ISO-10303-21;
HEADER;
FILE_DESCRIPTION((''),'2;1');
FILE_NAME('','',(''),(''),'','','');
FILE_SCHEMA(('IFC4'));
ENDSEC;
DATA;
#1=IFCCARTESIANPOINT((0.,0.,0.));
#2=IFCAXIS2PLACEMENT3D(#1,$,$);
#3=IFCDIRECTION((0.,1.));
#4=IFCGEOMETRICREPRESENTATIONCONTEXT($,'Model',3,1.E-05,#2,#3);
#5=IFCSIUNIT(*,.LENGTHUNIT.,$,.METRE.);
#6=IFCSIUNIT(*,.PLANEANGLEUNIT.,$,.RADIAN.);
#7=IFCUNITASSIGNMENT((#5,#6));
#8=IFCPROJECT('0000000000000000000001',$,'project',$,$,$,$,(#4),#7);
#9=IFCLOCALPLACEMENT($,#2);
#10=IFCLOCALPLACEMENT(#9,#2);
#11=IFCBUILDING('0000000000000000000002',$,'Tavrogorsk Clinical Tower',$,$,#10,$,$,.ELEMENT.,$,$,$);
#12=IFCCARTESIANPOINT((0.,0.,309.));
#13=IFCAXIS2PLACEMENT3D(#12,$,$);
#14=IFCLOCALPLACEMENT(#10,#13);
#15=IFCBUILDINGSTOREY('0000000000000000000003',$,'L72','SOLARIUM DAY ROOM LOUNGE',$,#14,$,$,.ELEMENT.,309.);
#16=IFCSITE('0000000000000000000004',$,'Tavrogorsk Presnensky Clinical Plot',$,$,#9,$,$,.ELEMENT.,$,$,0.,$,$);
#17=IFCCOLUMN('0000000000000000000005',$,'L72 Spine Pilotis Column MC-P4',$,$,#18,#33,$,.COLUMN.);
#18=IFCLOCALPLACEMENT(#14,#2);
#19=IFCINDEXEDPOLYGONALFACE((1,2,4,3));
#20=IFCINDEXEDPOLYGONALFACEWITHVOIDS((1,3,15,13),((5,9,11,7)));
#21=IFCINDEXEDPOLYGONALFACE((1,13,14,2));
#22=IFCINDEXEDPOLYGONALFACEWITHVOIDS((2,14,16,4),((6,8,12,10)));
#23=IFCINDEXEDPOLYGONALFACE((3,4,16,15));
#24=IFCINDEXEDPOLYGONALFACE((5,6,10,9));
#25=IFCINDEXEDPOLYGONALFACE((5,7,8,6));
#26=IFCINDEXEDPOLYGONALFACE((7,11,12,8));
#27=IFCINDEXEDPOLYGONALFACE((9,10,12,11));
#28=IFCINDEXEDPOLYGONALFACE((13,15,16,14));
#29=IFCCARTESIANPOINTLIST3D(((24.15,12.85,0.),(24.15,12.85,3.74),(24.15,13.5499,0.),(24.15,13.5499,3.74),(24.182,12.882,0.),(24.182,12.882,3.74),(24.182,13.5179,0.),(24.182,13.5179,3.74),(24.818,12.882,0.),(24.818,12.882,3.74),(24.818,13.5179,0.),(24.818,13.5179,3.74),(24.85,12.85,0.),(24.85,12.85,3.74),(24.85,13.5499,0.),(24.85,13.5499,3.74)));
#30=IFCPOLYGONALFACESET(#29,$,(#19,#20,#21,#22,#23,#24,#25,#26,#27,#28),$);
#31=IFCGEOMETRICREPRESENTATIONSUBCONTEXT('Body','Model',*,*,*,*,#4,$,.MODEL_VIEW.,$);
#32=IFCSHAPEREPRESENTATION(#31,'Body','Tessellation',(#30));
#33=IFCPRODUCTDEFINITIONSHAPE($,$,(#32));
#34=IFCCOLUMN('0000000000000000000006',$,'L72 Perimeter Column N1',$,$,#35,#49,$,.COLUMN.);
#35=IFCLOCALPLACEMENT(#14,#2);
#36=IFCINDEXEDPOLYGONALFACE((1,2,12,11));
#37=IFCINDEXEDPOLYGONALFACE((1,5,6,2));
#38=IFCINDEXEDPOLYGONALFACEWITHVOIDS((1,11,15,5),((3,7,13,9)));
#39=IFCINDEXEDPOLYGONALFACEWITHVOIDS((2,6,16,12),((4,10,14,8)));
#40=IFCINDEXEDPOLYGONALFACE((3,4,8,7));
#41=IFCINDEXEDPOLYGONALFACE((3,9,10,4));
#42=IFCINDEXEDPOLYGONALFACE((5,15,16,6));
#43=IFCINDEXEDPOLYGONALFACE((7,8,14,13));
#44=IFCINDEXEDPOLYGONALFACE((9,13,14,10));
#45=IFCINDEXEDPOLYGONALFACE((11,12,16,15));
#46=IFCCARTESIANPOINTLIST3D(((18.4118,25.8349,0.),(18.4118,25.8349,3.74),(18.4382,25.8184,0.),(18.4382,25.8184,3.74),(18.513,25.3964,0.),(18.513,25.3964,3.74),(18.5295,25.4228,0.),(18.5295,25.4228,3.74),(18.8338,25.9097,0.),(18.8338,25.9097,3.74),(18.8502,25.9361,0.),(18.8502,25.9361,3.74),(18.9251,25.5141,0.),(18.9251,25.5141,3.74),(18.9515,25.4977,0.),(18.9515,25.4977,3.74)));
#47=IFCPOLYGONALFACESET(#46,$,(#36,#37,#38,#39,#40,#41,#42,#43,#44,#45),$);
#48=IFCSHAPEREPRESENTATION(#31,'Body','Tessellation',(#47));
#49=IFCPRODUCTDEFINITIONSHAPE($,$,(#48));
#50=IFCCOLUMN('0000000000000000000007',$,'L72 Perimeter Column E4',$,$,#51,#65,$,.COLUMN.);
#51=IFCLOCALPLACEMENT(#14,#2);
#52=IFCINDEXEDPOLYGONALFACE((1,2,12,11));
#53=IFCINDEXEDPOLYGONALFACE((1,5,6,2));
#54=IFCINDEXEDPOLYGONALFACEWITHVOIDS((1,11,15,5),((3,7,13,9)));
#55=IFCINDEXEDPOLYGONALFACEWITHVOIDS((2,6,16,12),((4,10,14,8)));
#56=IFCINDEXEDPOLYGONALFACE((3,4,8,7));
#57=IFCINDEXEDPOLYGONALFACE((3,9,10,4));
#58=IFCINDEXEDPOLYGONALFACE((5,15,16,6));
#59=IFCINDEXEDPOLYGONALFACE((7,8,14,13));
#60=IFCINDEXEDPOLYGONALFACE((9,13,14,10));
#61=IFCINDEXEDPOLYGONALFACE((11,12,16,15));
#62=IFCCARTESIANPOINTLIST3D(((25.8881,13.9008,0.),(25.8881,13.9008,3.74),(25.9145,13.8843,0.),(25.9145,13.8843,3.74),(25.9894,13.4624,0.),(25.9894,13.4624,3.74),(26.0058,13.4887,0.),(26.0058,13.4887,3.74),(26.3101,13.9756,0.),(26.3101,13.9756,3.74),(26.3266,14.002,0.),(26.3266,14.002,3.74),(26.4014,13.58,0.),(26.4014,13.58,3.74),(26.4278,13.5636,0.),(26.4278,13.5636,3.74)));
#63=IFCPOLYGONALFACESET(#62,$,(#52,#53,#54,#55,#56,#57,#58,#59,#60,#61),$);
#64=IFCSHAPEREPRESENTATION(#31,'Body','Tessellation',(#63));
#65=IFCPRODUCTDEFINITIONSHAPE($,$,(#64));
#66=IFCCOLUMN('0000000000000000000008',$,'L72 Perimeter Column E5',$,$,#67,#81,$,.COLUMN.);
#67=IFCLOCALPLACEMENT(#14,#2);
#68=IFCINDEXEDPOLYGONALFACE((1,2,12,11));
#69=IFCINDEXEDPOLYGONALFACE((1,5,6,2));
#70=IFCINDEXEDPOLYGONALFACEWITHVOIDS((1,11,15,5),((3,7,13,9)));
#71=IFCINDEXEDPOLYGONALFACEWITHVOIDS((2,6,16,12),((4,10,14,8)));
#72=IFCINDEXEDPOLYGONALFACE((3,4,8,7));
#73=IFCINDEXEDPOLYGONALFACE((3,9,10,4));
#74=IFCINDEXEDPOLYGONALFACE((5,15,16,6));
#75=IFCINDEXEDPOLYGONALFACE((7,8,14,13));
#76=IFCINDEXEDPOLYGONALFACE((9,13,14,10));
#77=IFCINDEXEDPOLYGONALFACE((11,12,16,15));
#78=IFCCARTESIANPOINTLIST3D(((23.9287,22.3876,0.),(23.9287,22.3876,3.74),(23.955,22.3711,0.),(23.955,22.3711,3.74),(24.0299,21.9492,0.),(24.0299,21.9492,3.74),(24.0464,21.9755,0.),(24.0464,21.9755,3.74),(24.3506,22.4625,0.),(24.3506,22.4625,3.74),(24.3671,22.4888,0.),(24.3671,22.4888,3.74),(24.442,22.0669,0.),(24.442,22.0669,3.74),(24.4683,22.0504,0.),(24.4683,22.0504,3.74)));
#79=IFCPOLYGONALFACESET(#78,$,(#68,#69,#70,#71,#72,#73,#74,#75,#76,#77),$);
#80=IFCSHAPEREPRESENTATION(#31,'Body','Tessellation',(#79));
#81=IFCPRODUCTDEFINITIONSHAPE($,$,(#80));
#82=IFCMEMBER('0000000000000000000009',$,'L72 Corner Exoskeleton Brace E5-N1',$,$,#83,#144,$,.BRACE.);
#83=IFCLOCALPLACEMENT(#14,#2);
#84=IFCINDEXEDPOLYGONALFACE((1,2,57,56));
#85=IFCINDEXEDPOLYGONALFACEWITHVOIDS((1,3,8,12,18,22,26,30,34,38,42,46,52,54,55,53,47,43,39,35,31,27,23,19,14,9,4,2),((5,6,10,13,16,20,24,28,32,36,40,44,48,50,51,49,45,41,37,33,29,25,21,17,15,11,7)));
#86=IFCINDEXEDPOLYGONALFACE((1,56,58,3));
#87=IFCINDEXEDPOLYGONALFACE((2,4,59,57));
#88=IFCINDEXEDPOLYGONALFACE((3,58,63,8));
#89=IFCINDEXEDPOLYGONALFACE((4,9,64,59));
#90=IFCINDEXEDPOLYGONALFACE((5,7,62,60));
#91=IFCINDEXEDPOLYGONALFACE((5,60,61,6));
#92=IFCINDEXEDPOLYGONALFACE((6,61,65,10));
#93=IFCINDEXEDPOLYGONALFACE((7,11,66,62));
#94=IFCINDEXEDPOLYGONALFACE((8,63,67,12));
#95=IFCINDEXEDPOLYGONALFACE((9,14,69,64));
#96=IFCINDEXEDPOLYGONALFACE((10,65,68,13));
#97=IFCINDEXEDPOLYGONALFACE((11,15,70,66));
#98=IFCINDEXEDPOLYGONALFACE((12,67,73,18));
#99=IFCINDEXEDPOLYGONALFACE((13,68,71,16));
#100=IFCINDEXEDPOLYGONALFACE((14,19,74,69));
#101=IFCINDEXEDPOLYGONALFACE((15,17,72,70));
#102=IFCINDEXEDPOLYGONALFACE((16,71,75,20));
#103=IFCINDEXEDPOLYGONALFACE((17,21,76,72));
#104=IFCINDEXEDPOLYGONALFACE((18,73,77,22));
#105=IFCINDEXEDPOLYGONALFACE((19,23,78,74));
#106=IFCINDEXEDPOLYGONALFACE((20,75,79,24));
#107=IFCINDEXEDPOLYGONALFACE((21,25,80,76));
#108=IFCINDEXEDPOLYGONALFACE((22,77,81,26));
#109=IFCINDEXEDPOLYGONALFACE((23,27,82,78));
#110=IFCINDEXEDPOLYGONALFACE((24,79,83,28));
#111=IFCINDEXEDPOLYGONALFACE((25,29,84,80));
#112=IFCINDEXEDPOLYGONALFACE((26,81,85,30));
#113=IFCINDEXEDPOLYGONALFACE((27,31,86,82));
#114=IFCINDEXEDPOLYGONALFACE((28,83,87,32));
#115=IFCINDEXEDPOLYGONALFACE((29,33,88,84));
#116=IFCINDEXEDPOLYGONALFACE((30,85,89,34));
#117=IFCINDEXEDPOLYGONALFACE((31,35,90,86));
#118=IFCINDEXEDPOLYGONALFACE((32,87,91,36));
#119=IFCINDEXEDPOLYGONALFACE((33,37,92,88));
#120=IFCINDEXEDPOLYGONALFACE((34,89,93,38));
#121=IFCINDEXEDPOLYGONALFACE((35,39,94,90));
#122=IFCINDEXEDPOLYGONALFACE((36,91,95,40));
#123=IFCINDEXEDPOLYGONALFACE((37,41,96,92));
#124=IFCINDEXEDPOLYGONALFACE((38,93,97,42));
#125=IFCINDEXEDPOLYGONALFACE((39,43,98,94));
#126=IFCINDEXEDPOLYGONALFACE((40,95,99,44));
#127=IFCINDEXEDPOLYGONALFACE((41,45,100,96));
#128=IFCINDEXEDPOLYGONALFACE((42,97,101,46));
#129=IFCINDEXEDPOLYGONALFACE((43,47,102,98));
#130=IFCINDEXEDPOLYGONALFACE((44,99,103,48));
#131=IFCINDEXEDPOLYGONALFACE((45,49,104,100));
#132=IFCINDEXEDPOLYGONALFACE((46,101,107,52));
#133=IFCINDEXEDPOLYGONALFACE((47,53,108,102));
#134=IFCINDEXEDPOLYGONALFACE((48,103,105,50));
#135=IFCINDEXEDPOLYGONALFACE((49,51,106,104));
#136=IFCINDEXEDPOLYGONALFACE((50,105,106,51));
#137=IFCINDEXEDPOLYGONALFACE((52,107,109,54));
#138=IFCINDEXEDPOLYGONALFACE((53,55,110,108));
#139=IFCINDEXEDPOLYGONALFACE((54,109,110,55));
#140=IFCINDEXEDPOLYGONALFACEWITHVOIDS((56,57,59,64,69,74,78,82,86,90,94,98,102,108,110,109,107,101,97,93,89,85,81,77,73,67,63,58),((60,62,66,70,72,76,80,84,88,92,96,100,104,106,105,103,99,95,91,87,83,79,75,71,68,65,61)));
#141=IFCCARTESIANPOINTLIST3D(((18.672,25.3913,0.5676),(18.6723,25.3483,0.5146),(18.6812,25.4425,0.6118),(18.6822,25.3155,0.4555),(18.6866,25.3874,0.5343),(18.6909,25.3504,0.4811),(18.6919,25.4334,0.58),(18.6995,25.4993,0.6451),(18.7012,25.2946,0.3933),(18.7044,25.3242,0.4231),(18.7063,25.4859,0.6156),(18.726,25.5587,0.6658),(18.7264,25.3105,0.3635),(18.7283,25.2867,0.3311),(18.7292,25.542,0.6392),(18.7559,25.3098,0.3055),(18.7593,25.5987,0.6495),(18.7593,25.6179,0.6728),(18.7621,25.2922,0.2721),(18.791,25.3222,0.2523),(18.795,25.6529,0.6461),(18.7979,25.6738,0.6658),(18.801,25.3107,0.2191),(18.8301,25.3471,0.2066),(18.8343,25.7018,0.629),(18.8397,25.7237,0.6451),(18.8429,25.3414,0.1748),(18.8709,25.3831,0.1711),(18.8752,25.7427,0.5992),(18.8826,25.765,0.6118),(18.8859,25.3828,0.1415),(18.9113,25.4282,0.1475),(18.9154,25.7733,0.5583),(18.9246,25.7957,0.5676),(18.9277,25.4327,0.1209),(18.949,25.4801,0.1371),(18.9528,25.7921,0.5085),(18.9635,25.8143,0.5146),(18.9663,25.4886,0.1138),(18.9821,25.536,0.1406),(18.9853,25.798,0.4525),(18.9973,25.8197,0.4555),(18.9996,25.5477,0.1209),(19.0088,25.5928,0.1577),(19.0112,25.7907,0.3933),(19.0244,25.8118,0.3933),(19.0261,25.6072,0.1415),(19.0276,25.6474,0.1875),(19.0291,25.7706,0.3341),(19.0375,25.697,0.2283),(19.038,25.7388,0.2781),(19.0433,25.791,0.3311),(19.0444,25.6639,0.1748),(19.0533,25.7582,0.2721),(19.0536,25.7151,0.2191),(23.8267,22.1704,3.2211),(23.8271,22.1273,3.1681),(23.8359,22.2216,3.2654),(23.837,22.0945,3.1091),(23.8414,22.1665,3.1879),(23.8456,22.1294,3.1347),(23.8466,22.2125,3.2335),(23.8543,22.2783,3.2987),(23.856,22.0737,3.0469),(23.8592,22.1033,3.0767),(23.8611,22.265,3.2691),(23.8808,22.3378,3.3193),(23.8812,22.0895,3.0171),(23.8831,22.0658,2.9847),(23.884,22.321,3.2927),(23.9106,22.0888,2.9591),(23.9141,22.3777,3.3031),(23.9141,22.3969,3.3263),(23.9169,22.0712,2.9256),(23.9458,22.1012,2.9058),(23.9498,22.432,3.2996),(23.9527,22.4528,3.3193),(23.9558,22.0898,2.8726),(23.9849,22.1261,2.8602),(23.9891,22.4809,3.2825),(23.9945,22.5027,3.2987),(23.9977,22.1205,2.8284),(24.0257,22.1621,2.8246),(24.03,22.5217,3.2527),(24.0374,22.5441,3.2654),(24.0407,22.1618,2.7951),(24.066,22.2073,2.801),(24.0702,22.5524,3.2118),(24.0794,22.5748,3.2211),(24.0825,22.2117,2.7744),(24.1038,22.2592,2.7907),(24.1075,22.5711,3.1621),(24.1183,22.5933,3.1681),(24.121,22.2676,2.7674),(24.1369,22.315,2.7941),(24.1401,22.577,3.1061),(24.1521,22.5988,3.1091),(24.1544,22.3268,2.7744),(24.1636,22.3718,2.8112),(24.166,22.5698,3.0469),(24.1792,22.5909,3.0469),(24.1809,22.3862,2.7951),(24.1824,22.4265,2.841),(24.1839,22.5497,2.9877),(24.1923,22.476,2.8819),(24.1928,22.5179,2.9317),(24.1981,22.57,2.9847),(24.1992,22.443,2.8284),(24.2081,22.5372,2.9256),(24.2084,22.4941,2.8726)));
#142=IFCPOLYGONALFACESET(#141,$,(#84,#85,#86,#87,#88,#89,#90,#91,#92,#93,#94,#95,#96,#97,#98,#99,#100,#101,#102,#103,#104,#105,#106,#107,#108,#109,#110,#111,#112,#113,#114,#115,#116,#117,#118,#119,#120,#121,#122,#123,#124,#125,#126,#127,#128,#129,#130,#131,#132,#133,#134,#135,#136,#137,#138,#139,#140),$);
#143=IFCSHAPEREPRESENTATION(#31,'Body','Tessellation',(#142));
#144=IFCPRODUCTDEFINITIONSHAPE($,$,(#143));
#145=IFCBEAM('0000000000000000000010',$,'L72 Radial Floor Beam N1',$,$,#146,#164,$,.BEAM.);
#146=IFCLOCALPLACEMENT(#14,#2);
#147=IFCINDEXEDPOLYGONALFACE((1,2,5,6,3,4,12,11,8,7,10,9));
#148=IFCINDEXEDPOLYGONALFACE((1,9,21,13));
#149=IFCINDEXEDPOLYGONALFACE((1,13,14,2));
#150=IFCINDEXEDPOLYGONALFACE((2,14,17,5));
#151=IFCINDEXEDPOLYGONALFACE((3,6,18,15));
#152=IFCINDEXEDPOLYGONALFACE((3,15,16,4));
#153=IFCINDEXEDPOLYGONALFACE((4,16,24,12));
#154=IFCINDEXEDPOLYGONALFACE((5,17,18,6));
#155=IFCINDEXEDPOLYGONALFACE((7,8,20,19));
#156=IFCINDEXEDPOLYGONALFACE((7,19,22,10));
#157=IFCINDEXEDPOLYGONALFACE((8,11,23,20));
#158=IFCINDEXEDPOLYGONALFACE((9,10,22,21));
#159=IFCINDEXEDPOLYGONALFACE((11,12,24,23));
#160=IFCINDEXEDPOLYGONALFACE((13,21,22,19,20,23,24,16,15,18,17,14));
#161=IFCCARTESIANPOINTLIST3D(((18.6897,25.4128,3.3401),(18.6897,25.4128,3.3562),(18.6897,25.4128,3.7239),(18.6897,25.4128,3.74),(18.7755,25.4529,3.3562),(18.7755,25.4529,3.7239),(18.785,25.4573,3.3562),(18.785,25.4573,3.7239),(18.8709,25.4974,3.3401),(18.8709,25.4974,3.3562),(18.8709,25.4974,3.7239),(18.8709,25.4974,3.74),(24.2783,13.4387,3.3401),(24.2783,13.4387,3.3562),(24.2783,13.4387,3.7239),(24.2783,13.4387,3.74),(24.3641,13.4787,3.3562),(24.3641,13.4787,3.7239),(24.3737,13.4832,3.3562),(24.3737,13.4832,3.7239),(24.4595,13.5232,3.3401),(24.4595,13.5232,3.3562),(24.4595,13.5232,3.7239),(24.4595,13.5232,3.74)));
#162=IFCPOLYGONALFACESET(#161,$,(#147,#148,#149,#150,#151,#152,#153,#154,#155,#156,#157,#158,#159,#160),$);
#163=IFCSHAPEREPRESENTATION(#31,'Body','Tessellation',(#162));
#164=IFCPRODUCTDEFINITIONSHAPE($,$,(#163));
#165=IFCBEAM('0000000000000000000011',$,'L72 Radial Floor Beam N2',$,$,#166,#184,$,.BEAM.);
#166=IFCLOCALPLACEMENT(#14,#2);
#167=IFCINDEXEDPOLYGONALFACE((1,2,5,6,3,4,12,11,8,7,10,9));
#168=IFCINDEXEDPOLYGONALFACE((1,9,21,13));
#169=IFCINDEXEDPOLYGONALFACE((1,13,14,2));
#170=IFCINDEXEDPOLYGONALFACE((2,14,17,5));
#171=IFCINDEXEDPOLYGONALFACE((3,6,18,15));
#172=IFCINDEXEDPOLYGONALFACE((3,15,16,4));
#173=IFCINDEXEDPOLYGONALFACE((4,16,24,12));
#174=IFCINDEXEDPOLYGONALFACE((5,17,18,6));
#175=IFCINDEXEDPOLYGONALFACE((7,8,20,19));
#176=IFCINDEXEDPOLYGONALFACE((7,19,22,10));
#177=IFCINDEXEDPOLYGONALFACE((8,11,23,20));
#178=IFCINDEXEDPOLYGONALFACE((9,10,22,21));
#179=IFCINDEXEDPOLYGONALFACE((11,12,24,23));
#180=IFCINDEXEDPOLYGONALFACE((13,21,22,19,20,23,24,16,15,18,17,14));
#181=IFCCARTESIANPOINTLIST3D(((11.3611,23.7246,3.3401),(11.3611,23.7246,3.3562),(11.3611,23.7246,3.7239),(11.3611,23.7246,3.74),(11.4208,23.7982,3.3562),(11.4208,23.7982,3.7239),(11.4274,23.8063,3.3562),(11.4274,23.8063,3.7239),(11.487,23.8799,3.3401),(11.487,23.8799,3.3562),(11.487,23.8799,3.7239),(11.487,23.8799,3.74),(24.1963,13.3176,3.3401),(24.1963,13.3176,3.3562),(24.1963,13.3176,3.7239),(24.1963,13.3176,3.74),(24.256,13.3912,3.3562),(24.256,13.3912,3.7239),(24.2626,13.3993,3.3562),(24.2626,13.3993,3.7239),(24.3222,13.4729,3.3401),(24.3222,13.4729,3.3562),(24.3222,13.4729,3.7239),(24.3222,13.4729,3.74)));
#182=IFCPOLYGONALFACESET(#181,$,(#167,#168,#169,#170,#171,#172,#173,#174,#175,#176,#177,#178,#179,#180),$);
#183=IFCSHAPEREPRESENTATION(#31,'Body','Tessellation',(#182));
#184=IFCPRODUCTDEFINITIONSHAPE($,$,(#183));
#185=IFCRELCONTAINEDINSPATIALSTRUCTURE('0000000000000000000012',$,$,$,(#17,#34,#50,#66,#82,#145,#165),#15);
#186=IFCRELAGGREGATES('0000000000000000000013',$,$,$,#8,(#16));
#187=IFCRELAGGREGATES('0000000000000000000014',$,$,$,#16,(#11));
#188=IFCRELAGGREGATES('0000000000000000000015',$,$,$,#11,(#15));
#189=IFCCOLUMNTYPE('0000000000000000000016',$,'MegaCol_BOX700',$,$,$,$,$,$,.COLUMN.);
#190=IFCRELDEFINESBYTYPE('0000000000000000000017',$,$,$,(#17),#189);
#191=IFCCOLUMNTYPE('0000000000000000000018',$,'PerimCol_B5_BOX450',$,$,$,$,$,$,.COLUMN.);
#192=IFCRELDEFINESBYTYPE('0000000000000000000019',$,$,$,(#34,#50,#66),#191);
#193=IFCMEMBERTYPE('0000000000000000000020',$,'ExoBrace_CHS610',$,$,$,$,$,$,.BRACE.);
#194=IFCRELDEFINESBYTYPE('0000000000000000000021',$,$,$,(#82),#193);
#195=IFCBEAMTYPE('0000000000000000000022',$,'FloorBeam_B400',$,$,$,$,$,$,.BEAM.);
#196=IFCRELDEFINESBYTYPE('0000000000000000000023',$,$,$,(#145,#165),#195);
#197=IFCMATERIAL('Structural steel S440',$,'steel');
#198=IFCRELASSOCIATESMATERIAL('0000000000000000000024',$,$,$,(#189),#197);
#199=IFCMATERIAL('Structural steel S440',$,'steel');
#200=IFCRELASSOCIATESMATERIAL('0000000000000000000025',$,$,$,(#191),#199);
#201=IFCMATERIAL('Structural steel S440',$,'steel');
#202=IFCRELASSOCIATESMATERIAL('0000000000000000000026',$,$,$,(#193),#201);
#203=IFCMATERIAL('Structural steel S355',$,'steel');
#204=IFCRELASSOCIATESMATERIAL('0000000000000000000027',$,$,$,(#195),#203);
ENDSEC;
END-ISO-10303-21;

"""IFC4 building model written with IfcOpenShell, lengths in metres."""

from ifc_helpers import new_model, si_unit, direction, frame, origin, origin_2d, place, context, subcontext, project, spatial, hollow_rectangle, hollow_circle, i_section, extrude, material, material_profile, profile_set, type_object, element, save


model = new_model("IFC4")

# Units and contexts
model_context = context("Model", 3, precision=1e-05, world=origin(), true_north=direction((0.0, 1.0)))
body_context = subcontext(model_context, "Body", "Model", "MODEL_VIEW")
ifc_project = project(units=[si_unit("LENGTHUNIT", "METRE"), si_unit("PLANEANGLEUNIT", "RADIAN")], contexts=[model_context])

# Site, building, storey
site_placement = place(None, origin())
site = spatial("IfcSite", under=ifc_project, at=site_placement, Name="Tavrogorsk Presnensky Clinical Plot", CompositionType="ELEMENT", RefElevation=0.0)
building_placement = place(site_placement, origin())
building = spatial("IfcBuilding", under=site, at=building_placement, Name="Tavrogorsk Clinical Tower", CompositionType="ELEMENT")
storey_placement = place(building_placement, frame((0.0, 0.0, 309.0)))
storey = spatial("IfcBuildingStorey", under=building, at=storey_placement, Name="L72", Description="SOLARIUM DAY ROOM LOUNGE", CompositionType="ELEMENT", Elevation=309.0)

# Columns
ifc_material_1 = material(Name="Structural steel S440", Category="steel")
ifc_material_profile_1 = material_profile(ifc_material_1, hollow_rectangle(XDim=0.7, YDim=0.7, WallThickness=0.032, at=origin_2d()), Name="BOX-700x700x32")
ifc_profile_set_1 = profile_set([ifc_material_profile_1], Name="Structural steel S440")
column_type_1 = type_object("IfcColumnType", Name="MegaCol_BOX700", PredefinedType="COLUMN", material=ifc_profile_set_1)
column_placement = place(storey_placement, frame((24.5, 13.2, 0.0), z_axis=(0.0, 0.0, 1.0), x_axis=(1.0, 0.0, 0.0)))
element("IfcColumn", 1, at=column_placement, inside=storey, type_object=column_type_1, Name="L72 Spine Pilotis Column MC-P4", PredefinedType="COLUMN", context=body_context, shape_type="SweptSolid", body=[
    extrude(hollow_rectangle(XDim=0.7, YDim=0.7, WallThickness=0.032, at=origin_2d()), origin(), (0.0, 0.0, 1.0), 3.74),
])
ifc_material_2 = material(Name="Structural steel S440", Category="steel")
ifc_material_profile_2 = material_profile(ifc_material_2, hollow_rectangle(XDim=0.45, YDim=0.45, WallThickness=0.022, at=origin_2d()), Name="BOX-450x450x22")
ifc_profile_set_2 = profile_set([ifc_material_profile_2], Name="Structural steel S440")
column_type_2 = type_object("IfcColumnType", Name="PerimCol_B5_BOX450", PredefinedType="COLUMN", material=ifc_profile_set_2)
for number, where, z_axis, x_axis, name in (
    (2, (18.6816, 25.6663, 0.0), (0.0, 0.0, 1.0), (0.97437, 0.224951, 0.0), "L72 Perimeter Column N1"),
    (3, (26.158, 13.7322, 0.0), (0.0, 0.0, 1.0), (0.97437, 0.224951, 0.0), "L72 Perimeter Column E4"),
    (4, (24.1985, 22.219, 0.0), (0.0, 0.0, 1.0), (0.97437, 0.224951, 0.0), "L72 Perimeter Column E5"),
):
    element("IfcColumn", number, at=place(storey_placement, frame(where, z_axis=z_axis, x_axis=x_axis)), inside=storey, type_object=column_type_2, Name=name, PredefinedType="COLUMN", context=body_context, shape_type="SweptSolid", body=[
        extrude(hollow_rectangle(XDim=0.45, YDim=0.45, WallThickness=0.022, at=origin_2d()), origin(), (0.0, 0.0, 1.0), 3.74),
    ])

# Member
ifc_material_3 = material(Name="Structural steel S440", Category="steel")
ifc_material_profile_3 = material_profile(ifc_material_3, hollow_circle(Radius=0.3049, WallThickness=0.0249, at=origin_2d()), Name="CHS-610x25")
ifc_profile_set_3 = profile_set([ifc_material_profile_3], Name="Structural steel S440")
member_type_1 = type_object("IfcMemberType", Name="ExoBrace_CHS610", PredefinedType="BRACE", material=ifc_profile_set_3)
member_placement = place(storey_placement, frame((18.8628, 25.5532, 0.3933), z_axis=(0.777222, -0.485644, 0.400096), x_axis=(0.529905, 0.848057, 0.0)))
element("IfcMember", 5, at=member_placement, inside=storey, type_object=member_type_1, Name="L72 Corner Exoskeleton Brace E5-N1", PredefinedType="BRACE", context=body_context, shape_type="SweptSolid", body=[
    extrude(hollow_circle(Radius=0.3049, WallThickness=0.0249, at=origin_2d()), origin(), (0.0, 0.0, 1.0), 6.6323),
])

# Beams
ifc_material_4 = material(Name="Structural steel S355", Category="steel")
ifc_material_profile_4 = material_profile(ifc_material_4, i_section(OverallWidth=0.2, OverallDepth=0.3999, WebThickness=0.0105, FlangeThickness=0.0161, at=origin_2d()), Name="B-400x200x10.5x16")
ifc_profile_set_4 = profile_set([ifc_material_profile_4], Name="Structural steel S355")
beam_type_1 = type_object("IfcBeamType", Name="FloorBeam_B400", PredefinedType="BEAM", material=ifc_profile_set_4)
beam_1_placement = place(storey_placement, frame((24.3689, 13.481, 3.54), z_axis=(-0.422929, 0.906163, 0.0), x_axis=(-0.906163, -0.422929, 0.0)))
element("IfcBeam", 6, at=beam_1_placement, inside=storey, type_object=beam_type_1, Name="L72 Radial Floor Beam N1", PredefinedType="BEAM", context=body_context, shape_type="SweptSolid", body=[
    extrude(i_section(OverallWidth=0.2, OverallDepth=0.3999, WebThickness=0.0105, FlangeThickness=0.0161, at=origin_2d()), origin(), (0.0, 0.0, 1.0), 13.2141),
])
beam_2_placement = place(storey_placement, frame((24.2593, 13.3953, 3.54), z_axis=(-0.776754, 0.629804, 0.0), x_axis=(-0.629804, -0.776754, 0.0)))
element("IfcBeam", 7, at=beam_2_placement, inside=storey, type_object=beam_type_1, Name="L72 Radial Floor Beam N2", PredefinedType="BEAM", context=body_context, shape_type="SweptSolid", body=[
    extrude(i_section(OverallWidth=0.2, OverallDepth=0.3999, WebThickness=0.0105, FlangeThickness=0.0161, at=origin_2d()), origin(), (0.0, 0.0, 1.0), 16.5242),
])

save(model, "model.ifc")
